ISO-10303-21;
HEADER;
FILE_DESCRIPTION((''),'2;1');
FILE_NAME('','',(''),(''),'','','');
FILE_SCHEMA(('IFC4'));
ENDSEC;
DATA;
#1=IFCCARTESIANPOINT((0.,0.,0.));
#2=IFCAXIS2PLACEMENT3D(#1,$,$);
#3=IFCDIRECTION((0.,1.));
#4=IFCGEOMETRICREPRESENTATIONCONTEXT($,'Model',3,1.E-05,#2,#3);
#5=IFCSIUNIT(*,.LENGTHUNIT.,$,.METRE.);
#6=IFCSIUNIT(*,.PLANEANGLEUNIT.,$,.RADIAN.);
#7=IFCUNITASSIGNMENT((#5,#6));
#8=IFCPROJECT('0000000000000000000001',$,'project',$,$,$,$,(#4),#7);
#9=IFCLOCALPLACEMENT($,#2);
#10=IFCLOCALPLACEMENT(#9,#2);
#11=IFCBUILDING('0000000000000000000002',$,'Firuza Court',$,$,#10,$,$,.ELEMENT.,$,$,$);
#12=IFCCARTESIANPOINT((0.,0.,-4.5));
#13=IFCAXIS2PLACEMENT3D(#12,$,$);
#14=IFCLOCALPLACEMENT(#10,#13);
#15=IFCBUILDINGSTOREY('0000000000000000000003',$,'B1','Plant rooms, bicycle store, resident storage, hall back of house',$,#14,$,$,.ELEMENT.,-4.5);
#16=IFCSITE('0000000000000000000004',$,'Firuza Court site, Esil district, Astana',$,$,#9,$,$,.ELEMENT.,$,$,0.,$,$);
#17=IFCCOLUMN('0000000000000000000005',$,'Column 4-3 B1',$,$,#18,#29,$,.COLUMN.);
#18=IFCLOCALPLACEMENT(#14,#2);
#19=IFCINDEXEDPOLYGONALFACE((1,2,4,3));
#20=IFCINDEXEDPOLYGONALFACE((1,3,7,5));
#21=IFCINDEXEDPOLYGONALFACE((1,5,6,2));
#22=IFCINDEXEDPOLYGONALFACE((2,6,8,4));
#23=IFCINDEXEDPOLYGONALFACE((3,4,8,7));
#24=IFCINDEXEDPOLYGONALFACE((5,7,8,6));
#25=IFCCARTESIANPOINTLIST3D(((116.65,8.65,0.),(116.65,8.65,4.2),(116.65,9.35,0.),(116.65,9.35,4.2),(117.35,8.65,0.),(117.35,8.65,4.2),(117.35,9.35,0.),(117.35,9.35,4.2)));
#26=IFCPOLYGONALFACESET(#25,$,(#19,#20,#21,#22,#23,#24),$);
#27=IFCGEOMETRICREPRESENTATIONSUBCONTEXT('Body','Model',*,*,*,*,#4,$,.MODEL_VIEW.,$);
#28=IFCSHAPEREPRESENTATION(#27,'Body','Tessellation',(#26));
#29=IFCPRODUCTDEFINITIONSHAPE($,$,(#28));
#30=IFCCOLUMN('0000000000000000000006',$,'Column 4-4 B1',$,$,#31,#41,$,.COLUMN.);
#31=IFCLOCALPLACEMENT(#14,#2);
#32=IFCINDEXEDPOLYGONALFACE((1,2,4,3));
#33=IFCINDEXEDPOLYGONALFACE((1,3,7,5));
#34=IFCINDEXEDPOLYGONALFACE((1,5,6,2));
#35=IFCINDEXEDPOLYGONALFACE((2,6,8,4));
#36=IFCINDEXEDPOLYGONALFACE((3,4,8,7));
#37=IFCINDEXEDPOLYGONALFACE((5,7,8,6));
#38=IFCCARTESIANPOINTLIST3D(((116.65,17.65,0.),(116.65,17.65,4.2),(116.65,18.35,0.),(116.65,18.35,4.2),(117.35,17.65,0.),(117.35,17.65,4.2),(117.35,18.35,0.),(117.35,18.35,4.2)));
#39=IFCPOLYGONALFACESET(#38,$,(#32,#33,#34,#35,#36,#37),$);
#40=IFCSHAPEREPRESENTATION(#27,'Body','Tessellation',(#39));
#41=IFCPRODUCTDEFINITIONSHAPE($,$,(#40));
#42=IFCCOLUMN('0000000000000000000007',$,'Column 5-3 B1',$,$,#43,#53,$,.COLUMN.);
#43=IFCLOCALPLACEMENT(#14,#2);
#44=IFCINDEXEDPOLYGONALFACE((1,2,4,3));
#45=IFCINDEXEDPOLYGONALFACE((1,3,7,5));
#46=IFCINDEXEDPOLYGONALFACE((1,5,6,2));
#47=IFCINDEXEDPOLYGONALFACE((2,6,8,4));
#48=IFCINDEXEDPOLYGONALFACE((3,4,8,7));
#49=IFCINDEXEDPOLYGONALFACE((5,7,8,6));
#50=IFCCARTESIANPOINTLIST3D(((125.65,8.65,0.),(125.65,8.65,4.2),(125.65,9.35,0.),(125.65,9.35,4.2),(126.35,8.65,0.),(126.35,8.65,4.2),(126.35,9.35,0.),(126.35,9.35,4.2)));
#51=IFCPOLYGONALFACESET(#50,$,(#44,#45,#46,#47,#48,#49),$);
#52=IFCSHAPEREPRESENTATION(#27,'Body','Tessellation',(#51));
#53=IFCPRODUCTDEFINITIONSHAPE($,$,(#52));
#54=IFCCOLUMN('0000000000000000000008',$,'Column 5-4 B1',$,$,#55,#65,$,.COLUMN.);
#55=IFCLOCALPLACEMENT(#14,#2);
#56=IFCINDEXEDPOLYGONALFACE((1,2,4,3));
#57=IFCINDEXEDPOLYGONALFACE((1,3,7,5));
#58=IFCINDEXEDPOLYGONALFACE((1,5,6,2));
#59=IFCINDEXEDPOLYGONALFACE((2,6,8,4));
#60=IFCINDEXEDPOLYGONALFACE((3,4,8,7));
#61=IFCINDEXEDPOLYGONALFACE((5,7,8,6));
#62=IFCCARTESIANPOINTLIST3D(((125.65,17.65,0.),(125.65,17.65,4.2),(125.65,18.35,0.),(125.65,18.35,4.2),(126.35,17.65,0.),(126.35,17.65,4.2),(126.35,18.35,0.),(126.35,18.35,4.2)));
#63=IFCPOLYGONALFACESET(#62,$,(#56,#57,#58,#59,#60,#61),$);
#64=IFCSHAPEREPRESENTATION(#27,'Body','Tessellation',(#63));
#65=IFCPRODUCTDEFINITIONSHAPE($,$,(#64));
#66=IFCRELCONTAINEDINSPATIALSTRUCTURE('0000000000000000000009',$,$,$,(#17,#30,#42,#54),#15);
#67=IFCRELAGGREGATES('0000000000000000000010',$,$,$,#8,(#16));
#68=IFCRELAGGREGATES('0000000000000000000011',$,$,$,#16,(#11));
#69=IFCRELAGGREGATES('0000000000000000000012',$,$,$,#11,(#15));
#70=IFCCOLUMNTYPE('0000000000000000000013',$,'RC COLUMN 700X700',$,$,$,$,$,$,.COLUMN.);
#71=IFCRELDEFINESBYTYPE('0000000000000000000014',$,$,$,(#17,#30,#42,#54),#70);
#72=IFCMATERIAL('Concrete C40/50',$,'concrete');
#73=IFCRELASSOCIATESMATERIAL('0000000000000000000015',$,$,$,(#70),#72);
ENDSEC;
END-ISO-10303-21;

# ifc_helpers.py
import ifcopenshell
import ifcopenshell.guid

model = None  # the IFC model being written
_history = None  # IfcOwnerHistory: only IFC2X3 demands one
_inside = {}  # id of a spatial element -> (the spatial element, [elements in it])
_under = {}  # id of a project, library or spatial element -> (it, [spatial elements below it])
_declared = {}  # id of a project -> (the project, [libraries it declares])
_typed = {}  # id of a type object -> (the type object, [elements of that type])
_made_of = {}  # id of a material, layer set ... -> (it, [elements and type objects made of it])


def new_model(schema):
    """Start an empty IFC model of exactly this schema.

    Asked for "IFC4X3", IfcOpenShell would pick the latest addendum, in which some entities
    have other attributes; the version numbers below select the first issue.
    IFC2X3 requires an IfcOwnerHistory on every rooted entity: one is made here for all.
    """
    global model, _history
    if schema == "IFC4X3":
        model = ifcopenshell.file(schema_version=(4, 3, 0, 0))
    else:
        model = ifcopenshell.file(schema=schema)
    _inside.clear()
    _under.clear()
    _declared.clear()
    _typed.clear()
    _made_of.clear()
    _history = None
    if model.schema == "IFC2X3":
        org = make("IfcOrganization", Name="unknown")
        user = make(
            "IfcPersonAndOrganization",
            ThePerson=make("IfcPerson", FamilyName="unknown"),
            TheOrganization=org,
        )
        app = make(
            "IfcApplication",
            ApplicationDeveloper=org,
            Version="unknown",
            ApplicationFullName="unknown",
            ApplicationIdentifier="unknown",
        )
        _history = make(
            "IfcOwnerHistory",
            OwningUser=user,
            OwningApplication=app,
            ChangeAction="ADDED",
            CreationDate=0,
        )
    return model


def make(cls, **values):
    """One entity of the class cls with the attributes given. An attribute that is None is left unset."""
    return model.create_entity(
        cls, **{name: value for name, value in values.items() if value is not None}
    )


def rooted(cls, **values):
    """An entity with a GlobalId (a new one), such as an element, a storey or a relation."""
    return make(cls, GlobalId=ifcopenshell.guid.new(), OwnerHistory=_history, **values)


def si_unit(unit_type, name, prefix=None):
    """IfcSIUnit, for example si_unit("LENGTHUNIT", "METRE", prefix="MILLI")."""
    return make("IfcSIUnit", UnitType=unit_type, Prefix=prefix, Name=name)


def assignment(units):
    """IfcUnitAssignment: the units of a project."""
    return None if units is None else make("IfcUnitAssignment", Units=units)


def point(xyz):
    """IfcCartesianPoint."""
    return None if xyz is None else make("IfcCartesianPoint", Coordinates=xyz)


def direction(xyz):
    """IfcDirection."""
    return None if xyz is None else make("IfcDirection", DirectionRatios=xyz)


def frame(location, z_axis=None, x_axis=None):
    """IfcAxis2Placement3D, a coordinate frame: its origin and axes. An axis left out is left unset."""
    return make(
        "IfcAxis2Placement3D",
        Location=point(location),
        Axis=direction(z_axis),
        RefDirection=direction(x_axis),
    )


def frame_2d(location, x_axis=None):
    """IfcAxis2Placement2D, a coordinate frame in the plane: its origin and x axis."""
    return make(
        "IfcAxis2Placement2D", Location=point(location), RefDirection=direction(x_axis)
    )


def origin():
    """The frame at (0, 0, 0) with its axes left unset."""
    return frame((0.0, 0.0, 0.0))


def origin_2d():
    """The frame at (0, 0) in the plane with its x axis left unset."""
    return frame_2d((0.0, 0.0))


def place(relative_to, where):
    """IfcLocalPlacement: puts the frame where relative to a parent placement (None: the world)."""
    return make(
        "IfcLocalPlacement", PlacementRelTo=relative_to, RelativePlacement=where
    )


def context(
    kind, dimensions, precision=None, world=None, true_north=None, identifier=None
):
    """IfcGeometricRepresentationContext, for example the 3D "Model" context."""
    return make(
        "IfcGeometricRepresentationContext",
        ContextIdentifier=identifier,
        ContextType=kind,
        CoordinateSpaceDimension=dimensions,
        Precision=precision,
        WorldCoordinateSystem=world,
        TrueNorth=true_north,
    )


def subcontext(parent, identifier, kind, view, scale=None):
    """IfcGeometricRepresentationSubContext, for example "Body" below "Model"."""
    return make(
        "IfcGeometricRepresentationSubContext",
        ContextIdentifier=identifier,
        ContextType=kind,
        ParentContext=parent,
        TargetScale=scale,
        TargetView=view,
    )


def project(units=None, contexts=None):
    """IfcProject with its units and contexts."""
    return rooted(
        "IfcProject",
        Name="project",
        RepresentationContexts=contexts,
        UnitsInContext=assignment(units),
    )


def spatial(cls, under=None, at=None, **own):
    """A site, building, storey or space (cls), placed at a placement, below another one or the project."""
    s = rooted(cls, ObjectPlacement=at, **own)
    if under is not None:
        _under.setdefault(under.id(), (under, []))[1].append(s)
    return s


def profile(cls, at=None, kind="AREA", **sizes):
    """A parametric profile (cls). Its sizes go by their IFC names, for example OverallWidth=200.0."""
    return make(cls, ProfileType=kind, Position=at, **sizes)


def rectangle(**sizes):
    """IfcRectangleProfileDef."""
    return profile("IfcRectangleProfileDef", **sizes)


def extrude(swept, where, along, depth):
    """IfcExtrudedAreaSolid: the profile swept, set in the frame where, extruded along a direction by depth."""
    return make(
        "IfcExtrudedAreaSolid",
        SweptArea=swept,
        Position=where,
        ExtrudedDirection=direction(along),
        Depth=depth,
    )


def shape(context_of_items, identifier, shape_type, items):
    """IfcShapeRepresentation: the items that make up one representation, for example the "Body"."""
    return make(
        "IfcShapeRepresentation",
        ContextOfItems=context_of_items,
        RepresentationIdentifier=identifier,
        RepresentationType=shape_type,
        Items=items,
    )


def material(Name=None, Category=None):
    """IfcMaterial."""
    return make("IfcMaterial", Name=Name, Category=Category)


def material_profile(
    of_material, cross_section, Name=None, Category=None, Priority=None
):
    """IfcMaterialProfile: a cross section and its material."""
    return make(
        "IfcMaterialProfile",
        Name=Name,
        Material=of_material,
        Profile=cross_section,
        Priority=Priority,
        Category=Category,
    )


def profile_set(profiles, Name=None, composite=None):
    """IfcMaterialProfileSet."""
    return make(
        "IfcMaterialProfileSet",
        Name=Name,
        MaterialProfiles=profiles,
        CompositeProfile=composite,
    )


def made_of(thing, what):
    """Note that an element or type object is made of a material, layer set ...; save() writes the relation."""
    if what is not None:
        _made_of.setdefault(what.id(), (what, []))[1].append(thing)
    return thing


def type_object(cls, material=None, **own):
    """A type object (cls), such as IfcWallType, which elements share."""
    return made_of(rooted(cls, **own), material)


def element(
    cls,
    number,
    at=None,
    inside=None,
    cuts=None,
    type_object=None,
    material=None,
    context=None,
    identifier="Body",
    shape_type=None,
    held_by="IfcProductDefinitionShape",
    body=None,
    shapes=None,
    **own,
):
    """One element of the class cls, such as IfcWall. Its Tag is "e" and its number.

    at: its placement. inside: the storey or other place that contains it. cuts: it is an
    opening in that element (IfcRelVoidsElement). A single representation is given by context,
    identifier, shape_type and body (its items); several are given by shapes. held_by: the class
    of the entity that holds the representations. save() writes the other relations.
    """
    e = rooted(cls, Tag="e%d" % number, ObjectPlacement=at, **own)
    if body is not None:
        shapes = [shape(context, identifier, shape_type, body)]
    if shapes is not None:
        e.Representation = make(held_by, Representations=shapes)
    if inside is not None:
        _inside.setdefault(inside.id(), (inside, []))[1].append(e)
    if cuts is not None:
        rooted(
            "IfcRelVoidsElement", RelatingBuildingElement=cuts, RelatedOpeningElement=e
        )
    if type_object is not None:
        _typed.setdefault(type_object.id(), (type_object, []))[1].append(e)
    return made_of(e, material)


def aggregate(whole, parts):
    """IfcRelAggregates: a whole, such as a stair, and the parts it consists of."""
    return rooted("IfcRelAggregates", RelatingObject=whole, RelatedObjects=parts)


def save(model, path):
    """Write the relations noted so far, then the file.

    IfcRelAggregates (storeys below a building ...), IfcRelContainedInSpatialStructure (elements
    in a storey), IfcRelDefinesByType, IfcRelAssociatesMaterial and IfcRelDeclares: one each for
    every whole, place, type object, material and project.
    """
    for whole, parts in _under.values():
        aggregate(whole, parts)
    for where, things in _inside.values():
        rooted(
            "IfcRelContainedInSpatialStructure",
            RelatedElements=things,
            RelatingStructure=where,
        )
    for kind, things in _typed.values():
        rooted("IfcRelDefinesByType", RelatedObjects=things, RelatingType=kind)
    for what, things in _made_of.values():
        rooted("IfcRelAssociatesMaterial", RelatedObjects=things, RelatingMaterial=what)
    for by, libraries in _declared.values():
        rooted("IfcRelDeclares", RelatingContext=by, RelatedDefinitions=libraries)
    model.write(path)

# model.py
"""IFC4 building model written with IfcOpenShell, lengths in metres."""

from ifc_helpers import new_model, si_unit, direction, frame, origin, origin_2d, place, context, subcontext, project, spatial, rectangle, extrude, material, material_profile, profile_set, type_object, element, save


model = new_model("IFC4")

# Units and contexts
model_context = context("Model", 3, precision=1e-05, world=origin(), true_north=direction((0.0, 1.0)))
body_context = subcontext(model_context, "Body", "Model", "MODEL_VIEW")
ifc_project = project(units=[si_unit("LENGTHUNIT", "METRE"), si_unit("PLANEANGLEUNIT", "RADIAN")], contexts=[model_context])

# Site, building, storey
site_placement = place(None, origin())
site = spatial("IfcSite", under=ifc_project, at=site_placement, Name="Firuza Court site, Esil district, Astana", CompositionType="ELEMENT", RefElevation=0.0)
building_placement = place(site_placement, origin())
building = spatial("IfcBuilding", under=site, at=building_placement, Name="Firuza Court", CompositionType="ELEMENT")
storey_placement = place(building_placement, frame((0.0, 0.0, -4.5)))
storey = spatial("IfcBuildingStorey", under=building, at=storey_placement, Name="B1", Description="Plant rooms, bicycle store, resident storage, hall back of house", CompositionType="ELEMENT", Elevation=-4.5)

# Columns
ifc_material_1 = material(Name="Concrete C40/50", Category="concrete")
ifc_material_profile_1 = material_profile(ifc_material_1, rectangle(XDim=0.7, YDim=0.7, at=origin_2d()), Name="RC 700X700")
ifc_profile_set_1 = profile_set([ifc_material_profile_1], Name="Concrete C40/50")
column_type = type_object("IfcColumnType", Name="RC COLUMN 700X700", PredefinedType="COLUMN", material=ifc_profile_set_1)
for number, where, z_axis, x_axis, name in (
    (1, (117.0, 9.0, 0.0), (0.0, 0.0, 1.0), (1.0, 0.0, 0.0), "Column 4-3 B1"),
    (2, (117.0, 18.0, 0.0), (0.0, 0.0, 1.0), (1.0, 0.0, 0.0), "Column 4-4 B1"),
    (3, (126.0, 9.0, 0.0), (0.0, 0.0, 1.0), (1.0, 0.0, 0.0), "Column 5-3 B1"),
    (4, (126.0, 18.0, 0.0), (0.0, 0.0, 1.0), (1.0, 0.0, 0.0), "Column 5-4 B1"),
):
    element("IfcColumn", number, at=place(storey_placement, frame(where, z_axis=z_axis, x_axis=x_axis)), inside=storey, type_object=column_type, Name=name, PredefinedType="COLUMN", context=body_context, shape_type="SweptSolid", body=[
        extrude(rectangle(XDim=0.7, YDim=0.7, at=origin_2d()), origin(), (0.0, 0.0, 1.0), 4.2),
    ])

save(model, "model.ifc")
